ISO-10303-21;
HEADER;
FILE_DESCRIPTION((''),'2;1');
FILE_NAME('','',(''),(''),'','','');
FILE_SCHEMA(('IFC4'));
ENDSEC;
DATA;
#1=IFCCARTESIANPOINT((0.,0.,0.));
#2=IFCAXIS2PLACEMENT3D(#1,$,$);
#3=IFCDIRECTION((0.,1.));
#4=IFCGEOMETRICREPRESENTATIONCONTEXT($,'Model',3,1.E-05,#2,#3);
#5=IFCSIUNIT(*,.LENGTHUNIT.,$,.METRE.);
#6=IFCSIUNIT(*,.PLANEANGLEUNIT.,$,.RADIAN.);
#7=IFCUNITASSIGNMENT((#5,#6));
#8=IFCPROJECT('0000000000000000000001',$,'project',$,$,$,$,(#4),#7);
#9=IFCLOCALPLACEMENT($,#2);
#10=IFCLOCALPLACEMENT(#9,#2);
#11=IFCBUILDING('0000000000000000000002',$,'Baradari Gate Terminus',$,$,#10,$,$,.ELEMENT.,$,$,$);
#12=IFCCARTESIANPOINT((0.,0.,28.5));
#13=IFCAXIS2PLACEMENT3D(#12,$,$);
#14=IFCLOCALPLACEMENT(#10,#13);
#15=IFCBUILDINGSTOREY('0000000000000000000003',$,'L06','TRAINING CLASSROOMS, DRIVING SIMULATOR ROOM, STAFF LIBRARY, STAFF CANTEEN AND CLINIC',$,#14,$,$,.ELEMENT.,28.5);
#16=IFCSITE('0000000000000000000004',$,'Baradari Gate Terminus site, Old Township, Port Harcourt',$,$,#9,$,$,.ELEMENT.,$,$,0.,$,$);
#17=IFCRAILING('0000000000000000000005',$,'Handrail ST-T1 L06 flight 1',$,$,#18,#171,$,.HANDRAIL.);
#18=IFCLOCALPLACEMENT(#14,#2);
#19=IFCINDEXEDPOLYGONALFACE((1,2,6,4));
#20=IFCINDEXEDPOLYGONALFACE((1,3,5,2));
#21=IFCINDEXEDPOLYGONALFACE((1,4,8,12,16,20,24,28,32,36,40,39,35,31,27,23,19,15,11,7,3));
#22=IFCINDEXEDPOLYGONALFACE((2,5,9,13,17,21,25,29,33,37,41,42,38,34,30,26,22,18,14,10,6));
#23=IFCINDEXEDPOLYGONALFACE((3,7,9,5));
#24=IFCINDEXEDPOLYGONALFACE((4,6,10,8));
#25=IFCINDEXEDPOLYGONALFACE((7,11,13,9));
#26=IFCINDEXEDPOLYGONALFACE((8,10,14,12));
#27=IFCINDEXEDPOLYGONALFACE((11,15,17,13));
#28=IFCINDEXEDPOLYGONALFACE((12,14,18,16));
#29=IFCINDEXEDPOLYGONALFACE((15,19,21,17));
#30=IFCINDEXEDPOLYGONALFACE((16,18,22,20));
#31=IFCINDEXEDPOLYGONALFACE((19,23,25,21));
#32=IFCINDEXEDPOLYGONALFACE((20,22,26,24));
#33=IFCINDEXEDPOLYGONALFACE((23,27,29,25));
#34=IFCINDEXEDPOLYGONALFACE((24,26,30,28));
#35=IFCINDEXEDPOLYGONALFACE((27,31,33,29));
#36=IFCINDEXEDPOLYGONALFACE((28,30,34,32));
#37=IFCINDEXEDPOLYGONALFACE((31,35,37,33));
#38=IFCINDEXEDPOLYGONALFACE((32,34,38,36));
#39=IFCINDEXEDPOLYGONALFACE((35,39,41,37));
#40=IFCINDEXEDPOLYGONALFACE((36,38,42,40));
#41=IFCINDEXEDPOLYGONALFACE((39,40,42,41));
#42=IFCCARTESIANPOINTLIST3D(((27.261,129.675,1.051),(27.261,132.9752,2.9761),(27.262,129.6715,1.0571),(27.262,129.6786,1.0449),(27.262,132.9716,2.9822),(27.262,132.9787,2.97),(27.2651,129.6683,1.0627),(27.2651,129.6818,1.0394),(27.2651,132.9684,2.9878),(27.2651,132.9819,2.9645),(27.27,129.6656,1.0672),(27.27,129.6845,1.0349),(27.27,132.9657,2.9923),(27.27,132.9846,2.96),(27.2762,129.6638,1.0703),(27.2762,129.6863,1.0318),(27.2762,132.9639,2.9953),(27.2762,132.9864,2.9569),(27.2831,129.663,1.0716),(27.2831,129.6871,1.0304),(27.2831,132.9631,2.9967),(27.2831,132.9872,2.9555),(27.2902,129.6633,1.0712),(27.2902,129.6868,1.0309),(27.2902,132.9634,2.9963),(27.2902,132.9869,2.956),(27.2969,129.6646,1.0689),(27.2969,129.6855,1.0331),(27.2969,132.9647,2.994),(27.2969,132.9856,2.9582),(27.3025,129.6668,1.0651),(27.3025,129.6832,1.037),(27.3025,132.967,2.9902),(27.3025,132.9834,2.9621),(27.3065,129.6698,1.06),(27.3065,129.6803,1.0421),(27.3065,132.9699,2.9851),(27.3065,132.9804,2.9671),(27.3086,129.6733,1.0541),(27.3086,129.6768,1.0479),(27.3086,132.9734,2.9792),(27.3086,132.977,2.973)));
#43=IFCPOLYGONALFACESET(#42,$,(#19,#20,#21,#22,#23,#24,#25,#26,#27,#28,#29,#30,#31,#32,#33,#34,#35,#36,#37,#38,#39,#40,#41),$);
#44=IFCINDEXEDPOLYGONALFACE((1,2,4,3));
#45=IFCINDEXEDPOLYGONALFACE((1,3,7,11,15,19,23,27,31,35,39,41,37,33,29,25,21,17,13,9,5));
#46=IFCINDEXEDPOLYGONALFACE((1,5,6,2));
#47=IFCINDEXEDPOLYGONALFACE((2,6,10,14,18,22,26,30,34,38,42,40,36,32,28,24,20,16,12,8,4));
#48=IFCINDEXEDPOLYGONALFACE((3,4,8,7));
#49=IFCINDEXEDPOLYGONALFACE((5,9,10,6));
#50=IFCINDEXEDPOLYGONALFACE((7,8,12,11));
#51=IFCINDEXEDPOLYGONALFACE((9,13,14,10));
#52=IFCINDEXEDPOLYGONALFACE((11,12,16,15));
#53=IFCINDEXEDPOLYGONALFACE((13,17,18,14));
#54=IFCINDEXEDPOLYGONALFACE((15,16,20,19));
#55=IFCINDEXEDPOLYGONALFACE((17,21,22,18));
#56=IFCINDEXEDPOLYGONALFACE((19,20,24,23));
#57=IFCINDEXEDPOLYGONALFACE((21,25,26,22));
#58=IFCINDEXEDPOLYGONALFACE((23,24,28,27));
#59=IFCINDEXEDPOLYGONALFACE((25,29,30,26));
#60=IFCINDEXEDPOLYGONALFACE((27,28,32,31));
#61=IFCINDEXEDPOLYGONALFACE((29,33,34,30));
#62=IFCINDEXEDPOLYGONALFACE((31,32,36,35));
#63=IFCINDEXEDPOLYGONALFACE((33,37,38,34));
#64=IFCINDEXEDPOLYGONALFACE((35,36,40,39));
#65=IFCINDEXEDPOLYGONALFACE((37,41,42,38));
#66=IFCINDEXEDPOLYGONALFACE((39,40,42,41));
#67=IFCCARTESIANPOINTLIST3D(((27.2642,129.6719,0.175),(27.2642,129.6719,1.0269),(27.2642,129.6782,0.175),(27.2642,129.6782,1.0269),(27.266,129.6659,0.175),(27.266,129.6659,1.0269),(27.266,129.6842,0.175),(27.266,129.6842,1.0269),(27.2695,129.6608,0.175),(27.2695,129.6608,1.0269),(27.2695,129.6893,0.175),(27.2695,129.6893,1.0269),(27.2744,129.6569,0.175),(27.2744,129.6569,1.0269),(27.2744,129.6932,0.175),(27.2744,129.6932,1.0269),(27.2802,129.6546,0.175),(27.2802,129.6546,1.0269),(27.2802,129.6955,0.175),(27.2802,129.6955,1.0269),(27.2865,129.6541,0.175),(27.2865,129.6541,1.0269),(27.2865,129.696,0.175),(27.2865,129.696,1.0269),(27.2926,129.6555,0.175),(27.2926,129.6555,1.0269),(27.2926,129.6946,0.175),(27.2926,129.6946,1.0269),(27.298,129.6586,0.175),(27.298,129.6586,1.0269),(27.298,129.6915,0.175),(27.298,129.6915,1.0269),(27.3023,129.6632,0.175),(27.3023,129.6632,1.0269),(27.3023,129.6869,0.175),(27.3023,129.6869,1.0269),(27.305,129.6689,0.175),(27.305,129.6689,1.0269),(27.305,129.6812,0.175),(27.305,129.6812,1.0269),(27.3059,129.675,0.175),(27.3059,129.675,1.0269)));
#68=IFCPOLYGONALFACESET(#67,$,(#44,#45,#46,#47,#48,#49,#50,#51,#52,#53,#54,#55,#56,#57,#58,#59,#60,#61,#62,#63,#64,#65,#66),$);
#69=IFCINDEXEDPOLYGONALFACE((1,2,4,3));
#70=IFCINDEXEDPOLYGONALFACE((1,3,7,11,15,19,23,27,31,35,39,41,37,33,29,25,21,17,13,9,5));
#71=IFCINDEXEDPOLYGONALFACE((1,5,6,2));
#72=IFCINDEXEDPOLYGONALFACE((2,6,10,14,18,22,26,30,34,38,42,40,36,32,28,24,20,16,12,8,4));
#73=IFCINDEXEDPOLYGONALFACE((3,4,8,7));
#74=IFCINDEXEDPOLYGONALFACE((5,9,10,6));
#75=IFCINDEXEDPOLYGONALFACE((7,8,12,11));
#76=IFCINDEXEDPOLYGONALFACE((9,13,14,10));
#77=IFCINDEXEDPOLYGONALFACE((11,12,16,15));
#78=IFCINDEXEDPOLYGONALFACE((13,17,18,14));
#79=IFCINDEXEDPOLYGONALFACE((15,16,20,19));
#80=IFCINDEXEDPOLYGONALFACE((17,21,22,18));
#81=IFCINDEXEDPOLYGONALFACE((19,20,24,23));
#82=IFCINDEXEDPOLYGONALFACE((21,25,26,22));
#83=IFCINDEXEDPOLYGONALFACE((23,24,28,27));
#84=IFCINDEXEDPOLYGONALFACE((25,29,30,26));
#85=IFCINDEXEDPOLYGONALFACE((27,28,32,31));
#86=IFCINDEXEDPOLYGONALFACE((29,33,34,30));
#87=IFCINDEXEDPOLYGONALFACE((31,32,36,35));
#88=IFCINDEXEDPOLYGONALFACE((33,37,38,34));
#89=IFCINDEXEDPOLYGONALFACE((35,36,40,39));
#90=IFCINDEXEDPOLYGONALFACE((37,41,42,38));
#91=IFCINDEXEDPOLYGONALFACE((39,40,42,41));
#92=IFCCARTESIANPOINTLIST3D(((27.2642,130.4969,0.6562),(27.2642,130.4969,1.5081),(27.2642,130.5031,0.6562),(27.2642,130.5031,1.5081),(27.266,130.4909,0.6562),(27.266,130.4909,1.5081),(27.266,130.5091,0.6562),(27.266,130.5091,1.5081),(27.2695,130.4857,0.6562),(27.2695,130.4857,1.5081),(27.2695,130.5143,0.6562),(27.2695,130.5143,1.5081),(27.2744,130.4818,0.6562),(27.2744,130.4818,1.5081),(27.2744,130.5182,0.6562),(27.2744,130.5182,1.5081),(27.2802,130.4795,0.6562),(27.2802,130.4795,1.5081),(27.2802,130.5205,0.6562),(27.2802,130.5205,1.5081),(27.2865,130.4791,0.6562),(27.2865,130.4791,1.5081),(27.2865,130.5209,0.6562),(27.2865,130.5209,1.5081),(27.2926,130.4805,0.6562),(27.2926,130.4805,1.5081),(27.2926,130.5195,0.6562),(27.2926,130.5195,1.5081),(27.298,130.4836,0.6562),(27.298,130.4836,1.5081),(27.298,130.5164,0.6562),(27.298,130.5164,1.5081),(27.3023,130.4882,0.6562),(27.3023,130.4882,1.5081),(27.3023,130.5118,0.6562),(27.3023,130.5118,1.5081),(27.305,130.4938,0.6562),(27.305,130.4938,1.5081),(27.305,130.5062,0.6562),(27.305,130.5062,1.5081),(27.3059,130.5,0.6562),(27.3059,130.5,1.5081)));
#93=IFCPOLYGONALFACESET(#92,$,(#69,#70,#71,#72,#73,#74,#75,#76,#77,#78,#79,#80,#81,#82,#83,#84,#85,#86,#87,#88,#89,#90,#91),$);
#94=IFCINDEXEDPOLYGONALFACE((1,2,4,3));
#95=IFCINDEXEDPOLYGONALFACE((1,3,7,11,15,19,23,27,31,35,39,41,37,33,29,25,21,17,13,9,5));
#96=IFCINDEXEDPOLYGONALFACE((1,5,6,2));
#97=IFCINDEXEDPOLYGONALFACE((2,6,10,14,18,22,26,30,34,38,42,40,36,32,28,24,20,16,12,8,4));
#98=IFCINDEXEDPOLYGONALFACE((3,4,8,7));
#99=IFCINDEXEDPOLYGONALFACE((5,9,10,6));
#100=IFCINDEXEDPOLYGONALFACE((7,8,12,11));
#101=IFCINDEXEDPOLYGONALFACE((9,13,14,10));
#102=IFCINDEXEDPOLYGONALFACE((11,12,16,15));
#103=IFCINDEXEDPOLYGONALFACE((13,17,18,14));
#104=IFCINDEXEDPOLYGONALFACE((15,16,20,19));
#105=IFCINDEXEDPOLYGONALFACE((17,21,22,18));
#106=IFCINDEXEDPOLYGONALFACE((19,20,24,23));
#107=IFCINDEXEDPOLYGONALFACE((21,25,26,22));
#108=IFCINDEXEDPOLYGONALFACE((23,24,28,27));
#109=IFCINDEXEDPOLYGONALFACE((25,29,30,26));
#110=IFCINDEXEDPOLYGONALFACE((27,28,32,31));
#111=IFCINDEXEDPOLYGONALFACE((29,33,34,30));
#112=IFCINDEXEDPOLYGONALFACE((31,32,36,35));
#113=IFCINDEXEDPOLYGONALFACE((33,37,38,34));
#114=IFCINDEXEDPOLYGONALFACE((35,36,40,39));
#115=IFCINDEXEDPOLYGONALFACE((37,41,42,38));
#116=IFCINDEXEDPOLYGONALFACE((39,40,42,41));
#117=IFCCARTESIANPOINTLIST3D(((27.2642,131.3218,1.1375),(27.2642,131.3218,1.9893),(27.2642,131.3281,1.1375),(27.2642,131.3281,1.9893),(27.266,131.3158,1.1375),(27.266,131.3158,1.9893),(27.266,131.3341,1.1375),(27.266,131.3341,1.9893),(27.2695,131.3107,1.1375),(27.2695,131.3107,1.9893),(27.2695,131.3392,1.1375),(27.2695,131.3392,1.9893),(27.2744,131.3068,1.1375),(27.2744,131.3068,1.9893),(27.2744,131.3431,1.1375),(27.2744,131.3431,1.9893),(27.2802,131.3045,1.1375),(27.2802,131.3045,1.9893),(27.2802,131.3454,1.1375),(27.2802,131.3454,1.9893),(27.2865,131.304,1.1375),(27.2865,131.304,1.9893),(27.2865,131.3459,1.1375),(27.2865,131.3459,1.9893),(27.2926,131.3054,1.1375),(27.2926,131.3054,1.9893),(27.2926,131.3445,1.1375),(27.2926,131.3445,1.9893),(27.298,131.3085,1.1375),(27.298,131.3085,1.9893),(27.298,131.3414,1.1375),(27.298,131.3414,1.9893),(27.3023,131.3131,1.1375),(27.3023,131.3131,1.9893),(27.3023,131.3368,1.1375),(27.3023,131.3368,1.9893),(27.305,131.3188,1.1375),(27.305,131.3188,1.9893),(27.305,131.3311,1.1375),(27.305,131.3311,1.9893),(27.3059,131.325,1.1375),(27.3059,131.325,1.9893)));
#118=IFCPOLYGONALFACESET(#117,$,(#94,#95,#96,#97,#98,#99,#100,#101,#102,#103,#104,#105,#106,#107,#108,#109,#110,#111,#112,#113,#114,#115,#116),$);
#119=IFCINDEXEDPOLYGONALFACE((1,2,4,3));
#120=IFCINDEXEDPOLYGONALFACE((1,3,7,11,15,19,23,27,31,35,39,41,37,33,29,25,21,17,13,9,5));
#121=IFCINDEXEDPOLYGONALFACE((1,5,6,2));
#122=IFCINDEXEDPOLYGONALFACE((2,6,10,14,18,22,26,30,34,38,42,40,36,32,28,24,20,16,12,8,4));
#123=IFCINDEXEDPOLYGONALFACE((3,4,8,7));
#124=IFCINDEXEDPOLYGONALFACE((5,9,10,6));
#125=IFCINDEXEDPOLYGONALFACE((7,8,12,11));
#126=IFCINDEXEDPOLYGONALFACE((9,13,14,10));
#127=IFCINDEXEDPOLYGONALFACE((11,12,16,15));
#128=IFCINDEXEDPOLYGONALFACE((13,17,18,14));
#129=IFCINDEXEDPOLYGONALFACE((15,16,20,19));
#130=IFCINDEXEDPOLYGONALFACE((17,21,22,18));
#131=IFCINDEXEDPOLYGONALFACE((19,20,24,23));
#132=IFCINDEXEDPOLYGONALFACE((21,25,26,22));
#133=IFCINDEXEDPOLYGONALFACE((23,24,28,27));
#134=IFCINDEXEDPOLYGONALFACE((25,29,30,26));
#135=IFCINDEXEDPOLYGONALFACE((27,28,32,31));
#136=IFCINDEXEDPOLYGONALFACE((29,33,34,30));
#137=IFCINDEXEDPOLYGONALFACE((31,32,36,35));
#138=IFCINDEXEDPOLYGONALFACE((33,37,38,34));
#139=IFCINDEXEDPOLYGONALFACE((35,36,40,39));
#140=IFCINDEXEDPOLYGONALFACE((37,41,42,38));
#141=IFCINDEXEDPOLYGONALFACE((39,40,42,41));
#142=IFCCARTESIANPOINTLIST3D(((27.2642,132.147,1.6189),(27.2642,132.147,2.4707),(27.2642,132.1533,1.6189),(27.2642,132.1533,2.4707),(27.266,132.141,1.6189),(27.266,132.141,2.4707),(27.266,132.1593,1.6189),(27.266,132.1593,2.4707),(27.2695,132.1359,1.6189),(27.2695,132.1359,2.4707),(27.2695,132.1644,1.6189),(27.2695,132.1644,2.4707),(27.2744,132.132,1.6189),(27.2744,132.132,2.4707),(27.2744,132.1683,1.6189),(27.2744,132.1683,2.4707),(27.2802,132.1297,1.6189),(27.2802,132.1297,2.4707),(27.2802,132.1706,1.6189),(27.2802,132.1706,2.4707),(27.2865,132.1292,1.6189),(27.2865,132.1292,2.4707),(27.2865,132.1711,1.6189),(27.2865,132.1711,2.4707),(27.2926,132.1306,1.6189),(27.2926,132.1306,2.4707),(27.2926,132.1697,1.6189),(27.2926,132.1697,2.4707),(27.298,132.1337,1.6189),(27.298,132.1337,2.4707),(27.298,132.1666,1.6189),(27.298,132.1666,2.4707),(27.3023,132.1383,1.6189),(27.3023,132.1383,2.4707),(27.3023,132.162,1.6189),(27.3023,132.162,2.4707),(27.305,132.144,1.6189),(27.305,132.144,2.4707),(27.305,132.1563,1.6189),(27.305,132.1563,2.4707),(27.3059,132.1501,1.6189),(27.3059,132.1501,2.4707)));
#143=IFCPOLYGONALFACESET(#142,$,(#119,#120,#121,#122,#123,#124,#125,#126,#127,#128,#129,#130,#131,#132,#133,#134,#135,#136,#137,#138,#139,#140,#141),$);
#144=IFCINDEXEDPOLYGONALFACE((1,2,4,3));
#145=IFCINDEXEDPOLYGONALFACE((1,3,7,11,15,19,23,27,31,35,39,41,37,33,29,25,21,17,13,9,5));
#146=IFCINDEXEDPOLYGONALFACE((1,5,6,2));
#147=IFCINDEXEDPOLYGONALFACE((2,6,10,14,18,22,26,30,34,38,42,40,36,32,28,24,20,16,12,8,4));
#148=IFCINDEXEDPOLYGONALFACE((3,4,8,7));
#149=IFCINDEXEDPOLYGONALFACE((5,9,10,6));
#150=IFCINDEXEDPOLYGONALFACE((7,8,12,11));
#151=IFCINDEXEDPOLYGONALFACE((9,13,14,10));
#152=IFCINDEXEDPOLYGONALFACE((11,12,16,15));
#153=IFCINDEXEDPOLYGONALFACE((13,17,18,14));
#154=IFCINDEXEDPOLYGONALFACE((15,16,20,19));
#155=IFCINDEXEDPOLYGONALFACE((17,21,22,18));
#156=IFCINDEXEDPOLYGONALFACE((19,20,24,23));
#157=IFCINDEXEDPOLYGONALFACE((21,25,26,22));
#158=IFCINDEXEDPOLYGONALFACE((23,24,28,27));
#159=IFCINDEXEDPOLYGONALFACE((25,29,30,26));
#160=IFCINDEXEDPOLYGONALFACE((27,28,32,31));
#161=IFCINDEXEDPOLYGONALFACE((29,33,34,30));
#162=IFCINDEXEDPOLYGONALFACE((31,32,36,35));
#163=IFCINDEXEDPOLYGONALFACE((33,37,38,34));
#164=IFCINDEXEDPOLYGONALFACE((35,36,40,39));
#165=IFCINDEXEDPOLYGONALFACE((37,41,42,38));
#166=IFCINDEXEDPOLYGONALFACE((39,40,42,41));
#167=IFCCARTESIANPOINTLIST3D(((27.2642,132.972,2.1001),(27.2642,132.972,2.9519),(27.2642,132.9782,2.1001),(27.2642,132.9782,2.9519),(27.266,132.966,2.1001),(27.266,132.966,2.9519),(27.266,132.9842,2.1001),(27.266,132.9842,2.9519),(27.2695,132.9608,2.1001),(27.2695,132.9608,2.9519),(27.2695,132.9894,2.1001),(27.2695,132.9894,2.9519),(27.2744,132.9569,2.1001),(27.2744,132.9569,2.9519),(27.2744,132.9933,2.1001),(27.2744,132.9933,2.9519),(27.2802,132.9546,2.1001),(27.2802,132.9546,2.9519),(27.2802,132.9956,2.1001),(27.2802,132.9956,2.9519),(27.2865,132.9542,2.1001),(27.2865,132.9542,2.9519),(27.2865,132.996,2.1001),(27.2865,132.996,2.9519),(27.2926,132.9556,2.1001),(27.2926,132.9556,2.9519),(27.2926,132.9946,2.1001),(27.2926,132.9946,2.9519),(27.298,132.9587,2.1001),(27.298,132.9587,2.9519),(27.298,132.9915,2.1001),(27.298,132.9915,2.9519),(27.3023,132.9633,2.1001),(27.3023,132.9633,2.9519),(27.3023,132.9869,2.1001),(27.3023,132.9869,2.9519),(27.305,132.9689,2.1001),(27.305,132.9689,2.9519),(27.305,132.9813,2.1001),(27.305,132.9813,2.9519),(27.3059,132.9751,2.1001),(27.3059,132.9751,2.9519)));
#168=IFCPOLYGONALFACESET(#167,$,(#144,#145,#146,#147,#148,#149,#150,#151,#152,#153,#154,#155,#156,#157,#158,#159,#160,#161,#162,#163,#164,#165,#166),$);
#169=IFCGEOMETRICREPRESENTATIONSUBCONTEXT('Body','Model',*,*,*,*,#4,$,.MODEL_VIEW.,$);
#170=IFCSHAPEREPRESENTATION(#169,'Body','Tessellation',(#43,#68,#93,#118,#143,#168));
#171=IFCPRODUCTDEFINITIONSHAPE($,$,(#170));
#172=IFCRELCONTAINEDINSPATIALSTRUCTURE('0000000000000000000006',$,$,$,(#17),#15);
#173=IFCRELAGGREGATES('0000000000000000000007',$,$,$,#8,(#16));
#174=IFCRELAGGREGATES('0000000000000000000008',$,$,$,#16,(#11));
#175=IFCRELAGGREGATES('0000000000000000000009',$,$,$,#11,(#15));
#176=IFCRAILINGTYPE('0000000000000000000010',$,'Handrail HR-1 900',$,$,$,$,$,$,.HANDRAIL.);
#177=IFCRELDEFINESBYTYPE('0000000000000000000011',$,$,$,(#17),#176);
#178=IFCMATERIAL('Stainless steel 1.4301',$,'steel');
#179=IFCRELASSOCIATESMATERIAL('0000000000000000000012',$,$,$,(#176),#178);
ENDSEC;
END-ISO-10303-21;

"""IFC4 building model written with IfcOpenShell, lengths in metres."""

from ifc_helpers import new_model, si_unit, direction, frame, origin, origin_2d, place, context, subcontext, project, spatial, circle, extrude, material, type_object, element, save


model = new_model("IFC4")

# Units and contexts
model_context = context("Model", 3, precision=1e-05, world=origin(), true_north=direction((0.0, 1.0)))
body_context = subcontext(model_context, "Body", "Model", "MODEL_VIEW")
ifc_project = project(units=[si_unit("LENGTHUNIT", "METRE"), si_unit("PLANEANGLEUNIT", "RADIAN")], contexts=[model_context])

# Site, building, storey
site_placement = place(None, origin())
site = spatial("IfcSite", under=ifc_project, at=site_placement, Name="Baradari Gate Terminus site, Old Township, Port Harcourt", CompositionType="ELEMENT", RefElevation=0.0)
building_placement = place(site_placement, origin())
building = spatial("IfcBuilding", under=site, at=building_placement, Name="Baradari Gate Terminus", CompositionType="ELEMENT")
storey_placement = place(building_placement, frame((0.0, 0.0, 28.5)))
storey = spatial("IfcBuildingStorey", under=building, at=storey_placement, Name="L06", Description="TRAINING CLASSROOMS, DRIVING SIMULATOR ROOM, STAFF LIBRARY, STAFF CANTEEN AND CLINIC", CompositionType="ELEMENT", Elevation=28.5)

# Railing
ifc_material_1 = material(Name="Stainless steel 1.4301", Category="steel")
railing_type = type_object("IfcRailingType", Name="Handrail HR-1 900", PredefinedType="HANDRAIL", material=ifc_material_1)
for number, where, name in (
    (1, (27.2849, 129.675, 0.175), "Handrail ST-T1 L06 flight 1"),
):
    element("IfcRailing", number, at=place(storey_placement, frame(where)), inside=storey, type_object=railing_type, Name=name, PredefinedType="HANDRAIL", context=body_context, shape_type="SweptSolid", body=[
        extrude(circle(Radius=0.0239, at=origin_2d()), frame((0.0, 0.0, 0.876), z_axis=(0.0, 0.863777, 0.503875), x_axis=(-1.0, 0.0, 0.0)), (0.0, 0.0, 1.0), 3.8206),
        extrude(circle(Radius=0.021, at=origin_2d()), origin(), (0.0, 0.0, 1.0), 0.8518),
        extrude(circle(Radius=0.021, at=origin_2d()), frame((0.0, 0.825, 0.4812)), (0.0, 0.0, 1.0), 0.8518),
        extrude(circle(Radius=0.021, at=origin_2d()), frame((0.0, 1.6499, 0.9624)), (0.0, 0.0, 1.0), 0.8518),
        extrude(circle(Radius=0.021, at=origin_2d()), frame((0.0, 2.4751, 1.4438)), (0.0, 0.0, 1.0), 0.8518),
        extrude(circle(Radius=0.021, at=origin_2d()), frame((0.0, 3.3, 1.925)), (0.0, 0.0, 1.0), 0.8518),
    ])

save(model, "model.ifc")
